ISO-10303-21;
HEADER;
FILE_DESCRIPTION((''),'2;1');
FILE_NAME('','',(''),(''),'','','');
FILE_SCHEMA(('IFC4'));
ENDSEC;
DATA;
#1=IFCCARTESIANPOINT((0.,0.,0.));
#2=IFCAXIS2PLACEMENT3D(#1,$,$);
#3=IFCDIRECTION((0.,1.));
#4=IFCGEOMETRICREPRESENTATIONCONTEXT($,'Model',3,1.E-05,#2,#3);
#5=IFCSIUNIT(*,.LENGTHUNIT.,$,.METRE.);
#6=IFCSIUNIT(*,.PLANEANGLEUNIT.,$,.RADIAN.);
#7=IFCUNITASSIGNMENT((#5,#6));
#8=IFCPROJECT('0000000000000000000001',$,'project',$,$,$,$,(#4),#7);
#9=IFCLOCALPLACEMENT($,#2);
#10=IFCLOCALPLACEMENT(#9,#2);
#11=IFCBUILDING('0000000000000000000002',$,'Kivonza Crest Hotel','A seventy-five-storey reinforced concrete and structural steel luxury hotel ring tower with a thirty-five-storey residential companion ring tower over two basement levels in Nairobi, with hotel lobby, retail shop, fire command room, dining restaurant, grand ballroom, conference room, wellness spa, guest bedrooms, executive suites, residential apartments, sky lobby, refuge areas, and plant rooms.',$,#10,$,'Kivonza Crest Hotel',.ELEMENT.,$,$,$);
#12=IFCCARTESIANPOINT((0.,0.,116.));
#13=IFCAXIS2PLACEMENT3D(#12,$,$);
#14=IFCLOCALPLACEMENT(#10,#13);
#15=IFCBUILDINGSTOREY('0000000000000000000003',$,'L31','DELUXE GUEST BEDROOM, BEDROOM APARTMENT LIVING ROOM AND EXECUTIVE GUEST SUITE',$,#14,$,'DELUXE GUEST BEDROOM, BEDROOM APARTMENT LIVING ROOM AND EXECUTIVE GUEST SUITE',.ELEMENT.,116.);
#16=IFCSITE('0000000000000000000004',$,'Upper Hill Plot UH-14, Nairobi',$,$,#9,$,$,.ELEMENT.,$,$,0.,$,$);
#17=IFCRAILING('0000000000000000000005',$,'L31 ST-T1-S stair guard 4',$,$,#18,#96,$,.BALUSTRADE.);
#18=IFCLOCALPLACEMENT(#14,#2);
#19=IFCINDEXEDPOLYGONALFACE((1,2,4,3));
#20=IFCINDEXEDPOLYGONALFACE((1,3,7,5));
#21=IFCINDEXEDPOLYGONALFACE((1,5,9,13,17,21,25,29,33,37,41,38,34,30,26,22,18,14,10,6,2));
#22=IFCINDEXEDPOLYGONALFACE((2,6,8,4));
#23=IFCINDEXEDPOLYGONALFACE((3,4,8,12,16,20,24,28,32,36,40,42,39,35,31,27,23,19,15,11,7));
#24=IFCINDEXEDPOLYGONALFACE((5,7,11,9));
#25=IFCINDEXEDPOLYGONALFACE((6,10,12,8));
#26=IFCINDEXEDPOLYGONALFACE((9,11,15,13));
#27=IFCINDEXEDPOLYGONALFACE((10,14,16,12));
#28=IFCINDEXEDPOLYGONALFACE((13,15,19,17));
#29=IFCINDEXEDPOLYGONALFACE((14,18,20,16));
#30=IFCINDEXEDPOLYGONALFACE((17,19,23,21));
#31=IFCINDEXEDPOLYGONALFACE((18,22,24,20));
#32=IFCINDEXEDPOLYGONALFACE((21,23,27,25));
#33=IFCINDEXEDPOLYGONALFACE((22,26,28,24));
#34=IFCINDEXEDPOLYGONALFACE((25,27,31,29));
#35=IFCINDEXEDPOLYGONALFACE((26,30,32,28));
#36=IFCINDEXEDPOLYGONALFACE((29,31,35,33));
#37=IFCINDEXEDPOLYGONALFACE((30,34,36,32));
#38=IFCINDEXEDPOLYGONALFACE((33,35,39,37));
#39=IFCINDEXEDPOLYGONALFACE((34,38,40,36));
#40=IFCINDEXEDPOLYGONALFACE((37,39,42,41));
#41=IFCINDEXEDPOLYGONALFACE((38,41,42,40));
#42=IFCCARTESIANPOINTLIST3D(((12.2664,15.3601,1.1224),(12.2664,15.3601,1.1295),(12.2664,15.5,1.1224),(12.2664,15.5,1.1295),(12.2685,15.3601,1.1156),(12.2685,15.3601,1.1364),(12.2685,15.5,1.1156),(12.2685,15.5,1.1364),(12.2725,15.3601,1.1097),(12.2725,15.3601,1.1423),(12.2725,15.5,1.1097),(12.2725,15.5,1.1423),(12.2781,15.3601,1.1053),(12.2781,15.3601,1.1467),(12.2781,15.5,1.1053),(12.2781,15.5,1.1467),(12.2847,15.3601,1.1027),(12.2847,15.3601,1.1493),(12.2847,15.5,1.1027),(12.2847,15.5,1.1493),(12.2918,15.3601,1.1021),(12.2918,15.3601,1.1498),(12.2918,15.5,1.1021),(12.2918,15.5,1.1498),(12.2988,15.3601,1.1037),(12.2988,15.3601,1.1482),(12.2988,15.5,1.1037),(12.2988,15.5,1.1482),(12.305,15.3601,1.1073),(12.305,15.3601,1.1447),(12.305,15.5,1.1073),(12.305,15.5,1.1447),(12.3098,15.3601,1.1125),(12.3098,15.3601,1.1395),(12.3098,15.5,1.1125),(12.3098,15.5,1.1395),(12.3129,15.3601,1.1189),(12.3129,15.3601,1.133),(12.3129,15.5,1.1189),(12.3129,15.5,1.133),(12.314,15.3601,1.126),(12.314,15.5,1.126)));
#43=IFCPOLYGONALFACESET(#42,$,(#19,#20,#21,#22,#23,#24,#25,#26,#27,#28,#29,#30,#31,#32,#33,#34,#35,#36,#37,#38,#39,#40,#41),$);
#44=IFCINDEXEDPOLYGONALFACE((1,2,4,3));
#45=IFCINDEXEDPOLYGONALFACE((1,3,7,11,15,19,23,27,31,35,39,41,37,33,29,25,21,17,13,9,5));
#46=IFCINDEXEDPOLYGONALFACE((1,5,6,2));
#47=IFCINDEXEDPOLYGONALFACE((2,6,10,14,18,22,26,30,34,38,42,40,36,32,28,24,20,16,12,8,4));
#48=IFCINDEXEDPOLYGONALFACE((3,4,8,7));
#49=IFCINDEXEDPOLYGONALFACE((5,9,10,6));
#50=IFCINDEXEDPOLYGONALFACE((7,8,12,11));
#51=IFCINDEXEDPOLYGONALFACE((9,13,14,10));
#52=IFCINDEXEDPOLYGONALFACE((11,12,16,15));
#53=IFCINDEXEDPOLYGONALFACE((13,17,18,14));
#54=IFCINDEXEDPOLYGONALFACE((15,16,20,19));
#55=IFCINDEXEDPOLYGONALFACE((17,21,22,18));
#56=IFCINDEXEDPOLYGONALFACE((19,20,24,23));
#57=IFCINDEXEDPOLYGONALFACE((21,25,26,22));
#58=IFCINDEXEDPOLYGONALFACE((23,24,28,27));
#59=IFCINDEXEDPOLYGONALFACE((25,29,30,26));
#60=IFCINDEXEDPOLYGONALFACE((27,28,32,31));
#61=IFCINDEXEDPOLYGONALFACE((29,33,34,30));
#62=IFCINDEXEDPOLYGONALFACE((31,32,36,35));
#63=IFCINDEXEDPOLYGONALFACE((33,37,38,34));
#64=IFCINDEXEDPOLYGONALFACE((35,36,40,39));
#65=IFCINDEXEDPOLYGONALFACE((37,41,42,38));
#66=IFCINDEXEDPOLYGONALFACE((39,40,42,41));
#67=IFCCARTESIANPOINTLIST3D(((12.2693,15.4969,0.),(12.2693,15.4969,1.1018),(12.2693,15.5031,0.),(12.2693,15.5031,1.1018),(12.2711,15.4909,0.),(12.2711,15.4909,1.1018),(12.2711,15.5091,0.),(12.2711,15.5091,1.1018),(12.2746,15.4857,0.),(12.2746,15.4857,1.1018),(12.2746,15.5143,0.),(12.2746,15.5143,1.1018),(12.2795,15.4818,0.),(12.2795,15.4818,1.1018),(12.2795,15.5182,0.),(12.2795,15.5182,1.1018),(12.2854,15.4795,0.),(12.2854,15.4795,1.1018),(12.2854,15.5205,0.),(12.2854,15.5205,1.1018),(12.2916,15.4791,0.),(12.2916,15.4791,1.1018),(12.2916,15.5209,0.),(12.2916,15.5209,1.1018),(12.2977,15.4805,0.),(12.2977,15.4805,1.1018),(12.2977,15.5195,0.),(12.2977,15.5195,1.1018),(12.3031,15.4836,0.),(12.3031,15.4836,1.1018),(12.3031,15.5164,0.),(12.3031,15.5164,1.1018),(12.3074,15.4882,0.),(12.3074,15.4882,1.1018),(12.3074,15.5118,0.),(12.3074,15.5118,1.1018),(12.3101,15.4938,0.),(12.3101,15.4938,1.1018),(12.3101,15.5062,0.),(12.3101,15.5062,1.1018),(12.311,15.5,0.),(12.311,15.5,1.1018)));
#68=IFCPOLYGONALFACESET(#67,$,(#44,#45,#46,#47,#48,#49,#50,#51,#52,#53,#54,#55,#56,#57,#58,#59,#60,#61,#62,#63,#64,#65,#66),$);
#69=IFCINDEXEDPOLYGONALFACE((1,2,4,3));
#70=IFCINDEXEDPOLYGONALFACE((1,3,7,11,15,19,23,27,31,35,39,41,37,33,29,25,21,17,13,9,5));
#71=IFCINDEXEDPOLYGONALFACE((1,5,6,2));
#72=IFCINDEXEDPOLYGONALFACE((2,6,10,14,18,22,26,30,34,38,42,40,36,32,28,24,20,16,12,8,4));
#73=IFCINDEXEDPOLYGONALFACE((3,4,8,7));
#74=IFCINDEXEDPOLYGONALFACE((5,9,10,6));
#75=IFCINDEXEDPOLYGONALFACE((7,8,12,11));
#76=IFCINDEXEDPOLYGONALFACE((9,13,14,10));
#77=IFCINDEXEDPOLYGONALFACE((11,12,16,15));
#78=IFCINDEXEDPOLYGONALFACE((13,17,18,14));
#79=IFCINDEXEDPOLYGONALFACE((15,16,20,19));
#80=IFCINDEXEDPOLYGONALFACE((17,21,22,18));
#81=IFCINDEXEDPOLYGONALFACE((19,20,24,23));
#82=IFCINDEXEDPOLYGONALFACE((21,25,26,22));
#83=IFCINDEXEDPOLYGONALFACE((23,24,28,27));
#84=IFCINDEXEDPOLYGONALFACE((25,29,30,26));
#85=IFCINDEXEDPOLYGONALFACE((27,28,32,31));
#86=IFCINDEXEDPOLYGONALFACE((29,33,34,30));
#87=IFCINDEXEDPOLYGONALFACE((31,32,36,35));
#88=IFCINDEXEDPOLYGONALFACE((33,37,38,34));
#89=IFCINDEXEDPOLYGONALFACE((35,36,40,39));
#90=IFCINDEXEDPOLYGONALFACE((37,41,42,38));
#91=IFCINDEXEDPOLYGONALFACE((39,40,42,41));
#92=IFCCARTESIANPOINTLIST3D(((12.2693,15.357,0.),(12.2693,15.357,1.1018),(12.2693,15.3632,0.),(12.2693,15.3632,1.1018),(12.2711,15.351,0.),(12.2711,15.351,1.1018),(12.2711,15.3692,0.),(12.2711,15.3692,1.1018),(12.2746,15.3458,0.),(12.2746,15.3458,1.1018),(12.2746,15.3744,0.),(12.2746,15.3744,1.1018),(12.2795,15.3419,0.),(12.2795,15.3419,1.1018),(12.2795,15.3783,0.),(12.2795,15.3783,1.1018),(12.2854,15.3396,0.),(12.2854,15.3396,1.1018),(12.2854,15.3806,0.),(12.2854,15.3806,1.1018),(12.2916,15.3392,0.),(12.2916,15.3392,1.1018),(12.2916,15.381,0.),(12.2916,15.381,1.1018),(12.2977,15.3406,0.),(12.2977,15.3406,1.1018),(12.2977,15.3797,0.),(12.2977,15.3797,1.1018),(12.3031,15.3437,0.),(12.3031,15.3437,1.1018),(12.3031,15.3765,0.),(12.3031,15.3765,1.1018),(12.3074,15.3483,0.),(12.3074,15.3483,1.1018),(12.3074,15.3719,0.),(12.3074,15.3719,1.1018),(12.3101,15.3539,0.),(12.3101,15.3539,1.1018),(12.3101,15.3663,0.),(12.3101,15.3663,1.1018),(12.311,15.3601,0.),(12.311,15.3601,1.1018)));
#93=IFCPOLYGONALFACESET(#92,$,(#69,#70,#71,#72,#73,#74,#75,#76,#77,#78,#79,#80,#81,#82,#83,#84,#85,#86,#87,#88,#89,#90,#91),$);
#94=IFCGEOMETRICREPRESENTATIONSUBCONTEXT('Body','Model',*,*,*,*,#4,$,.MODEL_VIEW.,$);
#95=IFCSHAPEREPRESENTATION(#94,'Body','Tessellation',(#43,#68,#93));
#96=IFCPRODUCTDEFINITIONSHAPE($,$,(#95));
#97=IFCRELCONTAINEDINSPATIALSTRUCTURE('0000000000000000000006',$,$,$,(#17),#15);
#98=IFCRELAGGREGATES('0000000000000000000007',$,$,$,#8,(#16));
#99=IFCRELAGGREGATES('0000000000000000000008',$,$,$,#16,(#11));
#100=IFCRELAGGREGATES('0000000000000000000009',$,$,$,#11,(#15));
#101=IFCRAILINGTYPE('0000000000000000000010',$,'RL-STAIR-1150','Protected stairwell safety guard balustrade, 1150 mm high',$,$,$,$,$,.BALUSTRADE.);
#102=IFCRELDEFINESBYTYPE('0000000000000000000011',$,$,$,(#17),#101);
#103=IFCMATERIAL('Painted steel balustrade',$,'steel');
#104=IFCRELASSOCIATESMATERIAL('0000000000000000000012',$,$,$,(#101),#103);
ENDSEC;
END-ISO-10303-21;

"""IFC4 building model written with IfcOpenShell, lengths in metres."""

from ifc_helpers import new_model, si_unit, direction, frame, origin, origin_2d, place, context, subcontext, project, spatial, circle, extrude, material, type_object, element, save


model = new_model("IFC4")

# Units and contexts
model_context = context("Model", 3, precision=1e-05, world=origin(), true_north=direction((0.0, 1.0)))
body_context = subcontext(model_context, "Body", "Model", "MODEL_VIEW")
ifc_project = project(units=[si_unit("LENGTHUNIT", "METRE"), si_unit("PLANEANGLEUNIT", "RADIAN")], contexts=[model_context])

# Site, building, storey
site_placement = place(None, origin())
site = spatial("IfcSite", under=ifc_project, at=site_placement, Name="Upper Hill Plot UH-14, Nairobi", CompositionType="ELEMENT", RefElevation=0.0)
building_placement = place(site_placement, origin())
building = spatial("IfcBuilding", under=site, at=building_placement, Name="Kivonza Crest Hotel", Description="A seventy-five-storey reinforced concrete and structural steel luxury hotel ring tower with a thirty-five-storey residential companion ring tower over two basement levels in Nairobi, with hotel lobby, retail shop, fire command room, dining restaurant, grand ballroom, conference room, wellness spa, guest bedrooms, executive suites, residential apartments, sky lobby, refuge areas, and plant rooms.", LongName="Kivonza Crest Hotel", CompositionType="ELEMENT")
storey_placement = place(building_placement, frame((0.0, 0.0, 116.0)))
storey = spatial("IfcBuildingStorey", under=building, at=storey_placement, Name="L31", Description="DELUXE GUEST BEDROOM, BEDROOM APARTMENT LIVING ROOM AND EXECUTIVE GUEST SUITE", LongName="DELUXE GUEST BEDROOM, BEDROOM APARTMENT LIVING ROOM AND EXECUTIVE GUEST SUITE", CompositionType="ELEMENT", Elevation=116.0)

# Railing
ifc_material_1 = material(Name="Painted steel balustrade", Category="steel")
railing_type_1 = type_object("IfcRailingType", Name="RL-STAIR-1150", Description="Protected stairwell safety guard balustrade, 1150 mm high", PredefinedType="BALUSTRADE", material=ifc_material_1)
railing_1_placement = place(storey_placement, frame((12.29, 15.5, 0.0)))
element("IfcRailing", 1, at=railing_1_placement, inside=storey, type_object=railing_type_1, Name="L31 ST-T1-S stair guard 4", PredefinedType="BALUSTRADE", context=body_context, shape_type="SweptSolid", body=[
    extrude(circle(Radius=0.0239, at=origin_2d()), frame((0.0, 0.0, 1.126), z_axis=(0.0, -1.0, 0.0), x_axis=(1.0, 0.0, 0.0)), (0.0, 0.0, 1.0), 0.1399),
    extrude(circle(Radius=0.021, at=origin_2d()), origin(), (0.0, 0.0, 1.0), 1.1018),
    extrude(circle(Radius=0.021, at=origin_2d()), frame((0.0, -0.1399, 0.0)), (0.0, 0.0, 1.0), 1.1018),
])

save(model, "model.ifc")
